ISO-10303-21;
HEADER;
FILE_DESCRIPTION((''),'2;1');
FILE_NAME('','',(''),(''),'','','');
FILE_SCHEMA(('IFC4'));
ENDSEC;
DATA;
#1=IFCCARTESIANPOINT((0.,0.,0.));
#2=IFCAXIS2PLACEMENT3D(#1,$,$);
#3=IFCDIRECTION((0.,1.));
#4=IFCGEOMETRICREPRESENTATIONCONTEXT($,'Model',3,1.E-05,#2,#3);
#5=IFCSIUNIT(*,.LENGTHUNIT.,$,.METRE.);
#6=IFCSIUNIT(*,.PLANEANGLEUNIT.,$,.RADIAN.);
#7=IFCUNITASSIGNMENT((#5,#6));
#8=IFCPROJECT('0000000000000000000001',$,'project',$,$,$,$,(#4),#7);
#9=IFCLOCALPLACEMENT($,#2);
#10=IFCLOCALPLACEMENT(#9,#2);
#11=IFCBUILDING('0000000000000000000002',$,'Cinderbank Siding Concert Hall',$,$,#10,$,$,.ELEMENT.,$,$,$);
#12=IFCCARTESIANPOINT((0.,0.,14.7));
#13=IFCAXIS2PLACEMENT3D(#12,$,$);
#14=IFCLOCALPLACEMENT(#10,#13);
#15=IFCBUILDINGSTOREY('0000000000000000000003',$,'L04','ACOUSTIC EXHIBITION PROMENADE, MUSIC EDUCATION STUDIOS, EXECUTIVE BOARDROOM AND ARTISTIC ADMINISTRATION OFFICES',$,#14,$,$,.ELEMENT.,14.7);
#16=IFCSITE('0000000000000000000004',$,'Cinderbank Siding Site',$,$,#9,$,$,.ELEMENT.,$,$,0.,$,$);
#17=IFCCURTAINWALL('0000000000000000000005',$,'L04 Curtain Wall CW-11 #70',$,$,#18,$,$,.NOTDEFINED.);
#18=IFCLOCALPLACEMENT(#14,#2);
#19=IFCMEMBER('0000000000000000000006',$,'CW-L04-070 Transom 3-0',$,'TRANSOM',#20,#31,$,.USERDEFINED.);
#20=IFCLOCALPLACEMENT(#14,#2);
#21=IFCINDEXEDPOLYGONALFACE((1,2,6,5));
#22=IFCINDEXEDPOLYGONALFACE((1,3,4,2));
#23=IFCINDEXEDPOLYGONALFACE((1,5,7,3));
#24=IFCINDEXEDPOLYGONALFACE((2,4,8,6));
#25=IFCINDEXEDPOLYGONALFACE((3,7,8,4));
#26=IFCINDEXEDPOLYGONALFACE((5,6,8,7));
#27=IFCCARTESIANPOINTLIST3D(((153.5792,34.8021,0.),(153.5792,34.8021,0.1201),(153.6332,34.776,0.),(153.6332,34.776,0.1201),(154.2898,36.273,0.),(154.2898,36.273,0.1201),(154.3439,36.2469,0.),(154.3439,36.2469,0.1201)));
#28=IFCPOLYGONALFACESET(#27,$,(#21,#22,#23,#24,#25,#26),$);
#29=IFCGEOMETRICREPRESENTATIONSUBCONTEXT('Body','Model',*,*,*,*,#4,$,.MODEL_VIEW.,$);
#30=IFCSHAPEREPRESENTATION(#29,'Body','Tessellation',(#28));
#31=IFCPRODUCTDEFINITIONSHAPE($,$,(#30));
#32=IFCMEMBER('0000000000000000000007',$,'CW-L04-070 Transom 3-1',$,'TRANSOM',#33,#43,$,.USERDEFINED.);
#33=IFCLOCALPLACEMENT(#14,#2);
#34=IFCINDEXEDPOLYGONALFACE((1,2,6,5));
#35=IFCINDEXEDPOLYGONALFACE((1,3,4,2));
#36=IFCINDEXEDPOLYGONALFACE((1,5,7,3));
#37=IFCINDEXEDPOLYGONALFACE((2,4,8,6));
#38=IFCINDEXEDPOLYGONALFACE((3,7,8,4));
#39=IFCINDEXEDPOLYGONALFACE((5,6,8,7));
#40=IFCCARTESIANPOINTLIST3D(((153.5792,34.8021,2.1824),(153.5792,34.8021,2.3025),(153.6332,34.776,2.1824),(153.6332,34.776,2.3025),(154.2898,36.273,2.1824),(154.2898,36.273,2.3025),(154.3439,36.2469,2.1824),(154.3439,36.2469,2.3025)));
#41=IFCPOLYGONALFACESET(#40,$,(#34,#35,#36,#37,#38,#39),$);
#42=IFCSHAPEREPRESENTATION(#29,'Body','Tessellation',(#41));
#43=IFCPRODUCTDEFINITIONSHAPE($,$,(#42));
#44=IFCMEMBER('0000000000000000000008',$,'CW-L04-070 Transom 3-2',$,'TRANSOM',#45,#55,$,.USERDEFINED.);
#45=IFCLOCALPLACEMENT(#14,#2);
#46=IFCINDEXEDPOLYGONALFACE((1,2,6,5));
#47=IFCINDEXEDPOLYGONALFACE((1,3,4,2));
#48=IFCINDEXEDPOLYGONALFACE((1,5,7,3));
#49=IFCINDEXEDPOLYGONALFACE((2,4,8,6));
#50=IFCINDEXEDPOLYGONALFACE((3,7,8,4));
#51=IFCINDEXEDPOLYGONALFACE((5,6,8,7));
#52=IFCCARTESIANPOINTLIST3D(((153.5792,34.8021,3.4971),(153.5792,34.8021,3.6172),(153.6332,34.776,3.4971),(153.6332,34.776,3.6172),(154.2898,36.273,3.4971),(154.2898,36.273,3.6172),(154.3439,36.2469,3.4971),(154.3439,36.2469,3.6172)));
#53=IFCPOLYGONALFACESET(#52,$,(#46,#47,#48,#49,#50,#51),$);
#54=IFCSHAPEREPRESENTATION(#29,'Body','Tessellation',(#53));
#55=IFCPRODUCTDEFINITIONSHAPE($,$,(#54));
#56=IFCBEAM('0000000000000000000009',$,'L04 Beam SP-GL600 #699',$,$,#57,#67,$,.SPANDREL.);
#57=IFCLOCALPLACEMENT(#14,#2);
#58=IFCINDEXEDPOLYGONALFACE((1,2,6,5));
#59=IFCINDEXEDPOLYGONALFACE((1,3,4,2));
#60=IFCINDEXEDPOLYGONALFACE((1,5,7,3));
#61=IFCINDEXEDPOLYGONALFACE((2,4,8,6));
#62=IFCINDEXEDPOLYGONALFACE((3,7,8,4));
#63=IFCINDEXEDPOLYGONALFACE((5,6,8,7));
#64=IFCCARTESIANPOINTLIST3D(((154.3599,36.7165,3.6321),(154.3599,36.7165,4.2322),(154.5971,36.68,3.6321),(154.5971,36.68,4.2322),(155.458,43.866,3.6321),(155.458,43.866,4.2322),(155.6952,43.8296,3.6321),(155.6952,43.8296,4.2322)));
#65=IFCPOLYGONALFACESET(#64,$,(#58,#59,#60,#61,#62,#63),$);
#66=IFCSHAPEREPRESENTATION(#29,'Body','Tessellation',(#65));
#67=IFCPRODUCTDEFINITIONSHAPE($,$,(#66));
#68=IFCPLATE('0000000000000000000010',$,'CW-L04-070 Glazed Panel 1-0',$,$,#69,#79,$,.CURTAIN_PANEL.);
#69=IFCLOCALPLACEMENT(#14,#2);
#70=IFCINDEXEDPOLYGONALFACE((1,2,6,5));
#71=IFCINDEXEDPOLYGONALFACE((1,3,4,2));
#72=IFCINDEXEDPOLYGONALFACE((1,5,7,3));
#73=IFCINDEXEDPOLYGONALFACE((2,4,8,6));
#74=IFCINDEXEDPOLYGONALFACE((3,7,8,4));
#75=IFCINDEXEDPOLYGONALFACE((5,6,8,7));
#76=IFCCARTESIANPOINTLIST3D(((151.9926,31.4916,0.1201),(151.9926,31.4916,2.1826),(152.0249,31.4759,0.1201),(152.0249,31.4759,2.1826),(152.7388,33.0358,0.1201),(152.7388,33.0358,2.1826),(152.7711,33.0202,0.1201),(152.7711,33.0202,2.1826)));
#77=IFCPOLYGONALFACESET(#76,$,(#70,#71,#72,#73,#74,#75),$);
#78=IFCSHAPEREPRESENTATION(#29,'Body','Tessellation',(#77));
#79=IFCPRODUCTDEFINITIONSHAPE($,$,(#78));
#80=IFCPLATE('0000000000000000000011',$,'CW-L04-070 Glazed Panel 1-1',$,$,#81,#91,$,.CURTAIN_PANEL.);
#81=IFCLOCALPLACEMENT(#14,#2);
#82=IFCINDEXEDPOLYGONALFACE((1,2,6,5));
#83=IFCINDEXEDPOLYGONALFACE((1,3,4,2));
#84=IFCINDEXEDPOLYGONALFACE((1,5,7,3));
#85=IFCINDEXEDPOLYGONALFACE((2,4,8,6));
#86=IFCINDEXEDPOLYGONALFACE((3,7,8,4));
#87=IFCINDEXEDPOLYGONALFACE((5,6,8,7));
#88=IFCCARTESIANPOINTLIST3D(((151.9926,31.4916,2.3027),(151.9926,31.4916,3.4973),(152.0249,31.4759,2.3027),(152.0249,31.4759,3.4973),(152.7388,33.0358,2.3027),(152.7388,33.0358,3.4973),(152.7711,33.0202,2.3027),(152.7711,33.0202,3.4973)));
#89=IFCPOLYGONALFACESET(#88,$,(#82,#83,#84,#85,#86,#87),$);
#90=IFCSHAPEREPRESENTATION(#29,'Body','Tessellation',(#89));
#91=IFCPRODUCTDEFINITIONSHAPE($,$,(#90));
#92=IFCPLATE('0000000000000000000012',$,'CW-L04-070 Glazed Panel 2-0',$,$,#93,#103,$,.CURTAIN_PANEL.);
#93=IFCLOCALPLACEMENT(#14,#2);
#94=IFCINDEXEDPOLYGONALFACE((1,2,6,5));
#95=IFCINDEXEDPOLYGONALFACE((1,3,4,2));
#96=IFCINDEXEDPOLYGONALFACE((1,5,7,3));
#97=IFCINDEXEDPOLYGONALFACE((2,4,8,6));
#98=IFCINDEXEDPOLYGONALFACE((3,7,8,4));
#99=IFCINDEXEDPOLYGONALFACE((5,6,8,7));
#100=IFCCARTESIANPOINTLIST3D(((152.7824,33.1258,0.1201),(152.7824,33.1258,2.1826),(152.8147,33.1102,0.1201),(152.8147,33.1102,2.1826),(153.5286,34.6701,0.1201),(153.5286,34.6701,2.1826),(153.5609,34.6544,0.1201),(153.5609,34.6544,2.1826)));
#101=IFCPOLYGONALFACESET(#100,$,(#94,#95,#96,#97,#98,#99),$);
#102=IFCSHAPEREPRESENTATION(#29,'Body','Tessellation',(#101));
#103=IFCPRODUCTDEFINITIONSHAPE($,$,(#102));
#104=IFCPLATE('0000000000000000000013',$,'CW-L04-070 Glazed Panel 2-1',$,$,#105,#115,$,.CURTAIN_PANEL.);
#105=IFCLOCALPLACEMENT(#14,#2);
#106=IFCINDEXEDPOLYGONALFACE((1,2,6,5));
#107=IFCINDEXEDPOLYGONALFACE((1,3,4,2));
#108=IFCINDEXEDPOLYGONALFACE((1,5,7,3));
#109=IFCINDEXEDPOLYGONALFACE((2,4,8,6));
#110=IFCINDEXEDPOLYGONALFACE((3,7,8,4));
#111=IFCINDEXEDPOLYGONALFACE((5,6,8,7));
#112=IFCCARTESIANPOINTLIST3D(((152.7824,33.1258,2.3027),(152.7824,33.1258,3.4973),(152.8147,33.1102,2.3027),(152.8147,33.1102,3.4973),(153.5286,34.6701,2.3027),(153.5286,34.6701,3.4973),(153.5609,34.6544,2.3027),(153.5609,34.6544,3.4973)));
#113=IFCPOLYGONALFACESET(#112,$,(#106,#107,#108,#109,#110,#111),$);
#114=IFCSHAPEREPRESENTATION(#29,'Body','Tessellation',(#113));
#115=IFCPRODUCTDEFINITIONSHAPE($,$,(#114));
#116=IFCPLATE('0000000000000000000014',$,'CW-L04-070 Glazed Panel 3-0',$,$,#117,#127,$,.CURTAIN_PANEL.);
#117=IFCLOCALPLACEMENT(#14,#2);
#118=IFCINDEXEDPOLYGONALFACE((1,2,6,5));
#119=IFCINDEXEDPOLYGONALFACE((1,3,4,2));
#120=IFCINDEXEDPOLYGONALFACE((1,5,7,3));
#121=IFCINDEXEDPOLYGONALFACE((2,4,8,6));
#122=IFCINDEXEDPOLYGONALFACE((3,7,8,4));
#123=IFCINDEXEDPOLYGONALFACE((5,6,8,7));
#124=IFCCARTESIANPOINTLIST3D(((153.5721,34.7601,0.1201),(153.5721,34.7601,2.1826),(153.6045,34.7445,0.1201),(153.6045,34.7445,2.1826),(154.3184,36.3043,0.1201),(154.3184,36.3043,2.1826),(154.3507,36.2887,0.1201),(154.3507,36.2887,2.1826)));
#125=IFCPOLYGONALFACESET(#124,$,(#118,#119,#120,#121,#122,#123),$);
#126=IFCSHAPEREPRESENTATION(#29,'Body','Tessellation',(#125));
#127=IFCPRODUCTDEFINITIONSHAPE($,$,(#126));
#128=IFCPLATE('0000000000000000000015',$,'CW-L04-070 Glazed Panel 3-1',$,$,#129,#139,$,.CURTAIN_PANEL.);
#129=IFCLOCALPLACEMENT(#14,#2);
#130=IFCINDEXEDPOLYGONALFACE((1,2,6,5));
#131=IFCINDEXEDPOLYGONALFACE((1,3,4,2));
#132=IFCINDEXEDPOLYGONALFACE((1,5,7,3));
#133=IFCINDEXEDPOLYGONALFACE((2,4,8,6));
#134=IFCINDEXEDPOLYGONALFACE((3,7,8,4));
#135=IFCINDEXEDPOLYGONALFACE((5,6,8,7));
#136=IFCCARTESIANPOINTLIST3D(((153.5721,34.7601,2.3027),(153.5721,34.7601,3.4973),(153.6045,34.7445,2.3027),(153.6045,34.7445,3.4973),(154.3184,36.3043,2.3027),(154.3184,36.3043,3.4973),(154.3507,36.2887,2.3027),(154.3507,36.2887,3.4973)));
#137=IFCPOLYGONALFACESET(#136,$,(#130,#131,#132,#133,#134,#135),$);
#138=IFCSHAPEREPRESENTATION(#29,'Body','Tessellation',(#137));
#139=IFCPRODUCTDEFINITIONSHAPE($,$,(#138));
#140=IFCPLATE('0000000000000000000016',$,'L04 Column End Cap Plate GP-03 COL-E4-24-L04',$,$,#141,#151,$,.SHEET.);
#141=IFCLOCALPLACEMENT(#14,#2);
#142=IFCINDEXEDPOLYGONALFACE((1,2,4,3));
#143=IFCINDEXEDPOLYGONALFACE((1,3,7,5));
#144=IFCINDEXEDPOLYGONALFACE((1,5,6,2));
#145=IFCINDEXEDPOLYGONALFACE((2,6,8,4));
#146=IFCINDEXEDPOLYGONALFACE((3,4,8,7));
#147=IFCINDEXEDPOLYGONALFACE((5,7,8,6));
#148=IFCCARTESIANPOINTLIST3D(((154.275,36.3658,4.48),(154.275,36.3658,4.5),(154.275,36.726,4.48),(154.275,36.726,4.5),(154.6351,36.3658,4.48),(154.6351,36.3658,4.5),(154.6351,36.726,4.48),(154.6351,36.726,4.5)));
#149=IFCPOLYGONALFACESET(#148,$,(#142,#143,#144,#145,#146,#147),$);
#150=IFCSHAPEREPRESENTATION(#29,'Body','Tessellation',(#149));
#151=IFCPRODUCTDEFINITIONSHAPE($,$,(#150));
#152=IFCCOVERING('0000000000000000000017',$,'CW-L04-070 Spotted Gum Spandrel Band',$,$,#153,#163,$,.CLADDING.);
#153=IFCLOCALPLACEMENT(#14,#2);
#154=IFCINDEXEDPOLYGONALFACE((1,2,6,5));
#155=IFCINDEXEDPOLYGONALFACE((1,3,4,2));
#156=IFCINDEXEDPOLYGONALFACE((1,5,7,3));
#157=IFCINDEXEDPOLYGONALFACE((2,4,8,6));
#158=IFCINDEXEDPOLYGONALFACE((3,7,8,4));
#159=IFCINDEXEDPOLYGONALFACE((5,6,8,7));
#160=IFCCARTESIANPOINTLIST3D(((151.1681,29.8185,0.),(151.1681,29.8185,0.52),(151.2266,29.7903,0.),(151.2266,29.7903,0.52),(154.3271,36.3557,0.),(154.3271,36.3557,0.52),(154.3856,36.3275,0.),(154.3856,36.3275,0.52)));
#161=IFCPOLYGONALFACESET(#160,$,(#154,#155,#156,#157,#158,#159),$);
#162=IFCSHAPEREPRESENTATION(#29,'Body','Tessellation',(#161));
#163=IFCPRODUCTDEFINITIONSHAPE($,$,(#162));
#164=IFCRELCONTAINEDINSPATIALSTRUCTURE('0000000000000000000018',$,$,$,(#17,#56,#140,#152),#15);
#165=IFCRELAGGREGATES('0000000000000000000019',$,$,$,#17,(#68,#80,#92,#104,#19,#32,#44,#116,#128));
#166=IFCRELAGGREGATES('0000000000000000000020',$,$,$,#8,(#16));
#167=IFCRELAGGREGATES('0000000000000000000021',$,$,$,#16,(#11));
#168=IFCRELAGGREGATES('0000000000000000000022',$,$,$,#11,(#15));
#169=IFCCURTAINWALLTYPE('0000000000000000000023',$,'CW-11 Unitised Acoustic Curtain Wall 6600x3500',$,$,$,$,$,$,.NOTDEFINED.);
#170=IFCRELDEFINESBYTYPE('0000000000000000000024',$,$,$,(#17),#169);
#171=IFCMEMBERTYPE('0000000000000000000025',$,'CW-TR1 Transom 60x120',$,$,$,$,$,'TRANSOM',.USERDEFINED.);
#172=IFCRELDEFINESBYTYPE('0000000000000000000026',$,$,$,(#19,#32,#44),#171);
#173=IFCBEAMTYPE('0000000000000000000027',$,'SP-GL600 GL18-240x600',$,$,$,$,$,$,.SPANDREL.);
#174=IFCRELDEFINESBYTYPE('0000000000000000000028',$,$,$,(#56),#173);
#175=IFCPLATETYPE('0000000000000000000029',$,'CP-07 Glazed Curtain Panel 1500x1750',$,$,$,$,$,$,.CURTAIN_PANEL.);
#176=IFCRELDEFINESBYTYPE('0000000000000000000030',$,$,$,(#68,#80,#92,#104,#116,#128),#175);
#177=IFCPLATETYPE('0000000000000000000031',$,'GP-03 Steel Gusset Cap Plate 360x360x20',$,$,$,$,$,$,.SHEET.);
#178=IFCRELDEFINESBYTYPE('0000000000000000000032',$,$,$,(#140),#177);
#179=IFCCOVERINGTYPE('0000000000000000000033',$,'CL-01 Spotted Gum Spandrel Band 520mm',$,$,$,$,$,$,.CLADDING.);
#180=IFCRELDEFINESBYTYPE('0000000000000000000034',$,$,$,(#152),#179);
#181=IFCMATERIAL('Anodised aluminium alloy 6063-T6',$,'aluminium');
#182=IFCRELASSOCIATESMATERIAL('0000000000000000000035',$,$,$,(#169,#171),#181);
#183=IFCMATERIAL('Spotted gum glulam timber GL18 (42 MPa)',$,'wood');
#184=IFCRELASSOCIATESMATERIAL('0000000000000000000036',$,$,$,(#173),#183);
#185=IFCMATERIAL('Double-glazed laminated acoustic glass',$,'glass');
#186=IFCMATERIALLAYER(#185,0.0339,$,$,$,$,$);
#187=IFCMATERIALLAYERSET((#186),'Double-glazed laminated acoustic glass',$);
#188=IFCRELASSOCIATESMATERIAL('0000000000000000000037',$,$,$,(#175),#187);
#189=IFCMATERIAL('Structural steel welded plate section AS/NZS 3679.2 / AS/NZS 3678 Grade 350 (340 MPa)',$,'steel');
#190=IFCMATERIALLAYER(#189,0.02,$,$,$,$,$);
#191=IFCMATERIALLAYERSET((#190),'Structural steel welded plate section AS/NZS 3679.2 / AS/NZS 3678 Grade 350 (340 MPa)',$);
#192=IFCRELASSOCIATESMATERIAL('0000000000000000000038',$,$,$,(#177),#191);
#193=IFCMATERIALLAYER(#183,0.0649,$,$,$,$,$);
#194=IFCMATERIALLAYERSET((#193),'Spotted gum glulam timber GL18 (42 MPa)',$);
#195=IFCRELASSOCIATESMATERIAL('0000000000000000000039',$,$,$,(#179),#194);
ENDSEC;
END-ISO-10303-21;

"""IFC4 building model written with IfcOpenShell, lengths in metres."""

from ifc_helpers import new_model, si_unit, direction, frame, origin, origin_2d, place, context, subcontext, project, spatial, rectangle, extrude, material, layer, layer_set, material_profile, profile_set, type_object, element, aggregate, save


model = new_model("IFC4")

# Units and contexts
model_context = context("Model", 3, precision=1e-05, world=origin(), true_north=direction((0.0, 1.0)))
body_context = subcontext(model_context, "Body", "Model", "MODEL_VIEW")
ifc_project = project(units=[si_unit("LENGTHUNIT", "METRE"), si_unit("PLANEANGLEUNIT", "RADIAN")], contexts=[model_context])

# Site, building, storey
site_placement = place(None, origin())
site = spatial("IfcSite", under=ifc_project, at=site_placement, Name="Cinderbank Siding Site", CompositionType="ELEMENT", RefElevation=0.0)
building_placement = place(site_placement, origin())
building = spatial("IfcBuilding", under=site, at=building_placement, Name="Cinderbank Siding Concert Hall", CompositionType="ELEMENT")
storey_placement = place(building_placement, frame((0.0, 0.0, 14.7)))
storey = spatial("IfcBuildingStorey", under=building, at=storey_placement, Name="L04", Description="ACOUSTIC EXHIBITION PROMENADE, MUSIC EDUCATION STUDIOS, EXECUTIVE BOARDROOM AND ARTISTIC ADMINISTRATION OFFICES", CompositionType="ELEMENT", Elevation=14.7)

# Curtain wall
ifc_material_1 = material(Name="Anodised aluminium alloy 6063-T6", Category="aluminium")
curtain_wall_type_1 = type_object("IfcCurtainWallType", Name="CW-11 Unitised Acoustic Curtain Wall 6600x3500", PredefinedType="NOTDEFINED", material=ifc_material_1)
curtain_wall_1_placement = place(storey_placement, origin())
curtain_wall_1 = element("IfcCurtainWall", 1, at=curtain_wall_1_placement, inside=storey, type_object=curtain_wall_type_1, Name="L04 Curtain Wall CW-11 #70", PredefinedType="NOTDEFINED")

# Members
ifc_material_profile_1 = material_profile(ifc_material_1, rectangle(XDim=0.0601, YDim=0.1201, at=origin_2d()), Name="ALU-TRAN-60x120", Category="LoadBearing")
ifc_profile_set_1 = profile_set([ifc_material_profile_1], Name="Anodised aluminium alloy 6063-T6")
member_type_1 = type_object("IfcMemberType", Name="CW-TR1 Transom 60x120", ElementType="TRANSOM", PredefinedType="USERDEFINED", material=ifc_profile_set_1)
member_1_placement = place(storey_placement, frame((153.6062, 34.7891, 0.0601), z_axis=(0.435037, 0.900412, 0.0), x_axis=(-0.900412, 0.435037, 0.0)))
member_1 = element("IfcMember", 2, at=member_1_placement, type_object=member_type_1, Name="CW-L04-070 Transom 3-0", ObjectType="TRANSOM", PredefinedType="USERDEFINED", context=body_context, shape_type="SweptSolid", body=[
    extrude(rectangle(XDim=0.0601, YDim=0.1201, at=origin_2d()), origin(), (0.0, 0.0, 1.0), 1.6335),
])
member_2_placement = place(storey_placement, frame((153.6062, 34.7891, 2.2424), z_axis=(0.435037, 0.900412, 0.0), x_axis=(-0.900412, 0.435037, 0.0)))
member_2 = element("IfcMember", 3, at=member_2_placement, type_object=member_type_1, Name="CW-L04-070 Transom 3-1", ObjectType="TRANSOM", PredefinedType="USERDEFINED", context=body_context, shape_type="SweptSolid", body=[
    extrude(rectangle(XDim=0.0601, YDim=0.1201, at=origin_2d()), origin(), (0.0, 0.0, 1.0), 1.6335),
])
member_3_placement = place(storey_placement, frame((153.6062, 34.7891, 3.5571), z_axis=(0.435037, 0.900412, 0.0), x_axis=(-0.900412, 0.435037, 0.0)))
member_3 = element("IfcMember", 4, at=member_3_placement, type_object=member_type_1, Name="CW-L04-070 Transom 3-2", ObjectType="TRANSOM", PredefinedType="USERDEFINED", context=body_context, shape_type="SweptSolid", body=[
    extrude(rectangle(XDim=0.0601, YDim=0.1201, at=origin_2d()), origin(), (0.0, 0.0, 1.0), 1.6335),
])

# Beam
ifc_material_2 = material(Name="Spotted gum glulam timber GL18 (42 MPa)", Category="wood")
ifc_material_profile_2 = material_profile(ifc_material_2, rectangle(XDim=0.24, YDim=0.6001, at=origin_2d()), Name="GL18-240x600", Category="LoadBearing")
ifc_profile_set_2 = profile_set([ifc_material_profile_2], Name="Spotted gum glulam timber GL18 (42 MPa)")
beam_type = type_object("IfcBeamType", Name="SP-GL600 GL18-240x600", PredefinedType="SPANDREL", material=ifc_profile_set_2)
beam_placement = place(storey_placement, frame((154.4785, 36.6982, 3.9321), z_axis=(0.151814, 0.988409, 0.0), x_axis=(-0.988409, 0.151814, 0.0)))
element("IfcBeam", 5, at=beam_placement, inside=storey, type_object=beam_type, Name="L04 Beam SP-GL600 #699", PredefinedType="SPANDREL", context=body_context, shape_type="SweptSolid", body=[
    extrude(rectangle(XDim=0.24, YDim=0.6001, at=origin_2d()), origin(), (0.0, 0.0, 1.0), 7.2334),
])

# Plates
ifc_material_3 = material(Name="Double-glazed laminated acoustic glass", Category="glass")
ifc_layer_1 = layer(ifc_material_3, 0.0339)
ifc_layer_set_1 = layer_set([ifc_layer_1], Name="Double-glazed laminated acoustic glass")
plate_type_1 = type_object("IfcPlateType", Name="CP-07 Glazed Curtain Panel 1500x1750", PredefinedType="CURTAIN_PANEL", material=ifc_layer_set_1)
plate_1_placement = place(storey_placement, frame((152.3818, 32.2559, 0.1201), z_axis=(0.0, 0.0, 1.0), x_axis=(0.435102, 0.900381, 0.0)))
plate_1 = element("IfcPlate", 6, at=plate_1_placement, type_object=plate_type_1, Name="CW-L04-070 Glazed Panel 1-0", PredefinedType="CURTAIN_PANEL", context=body_context, shape_type="SweptSolid", body=[
    extrude(rectangle(XDim=1.7151, YDim=0.0359, at=origin_2d()), origin(), (0.0, 0.0, 1.0), 2.0625),
])
plate_2_placement = place(storey_placement, frame((152.3818, 32.2559, 2.3027), z_axis=(0.0, 0.0, 1.0), x_axis=(0.435102, 0.900381, 0.0)))
plate_2 = element("IfcPlate", 7, at=plate_2_placement, type_object=plate_type_1, Name="CW-L04-070 Glazed Panel 1-1", PredefinedType="CURTAIN_PANEL", context=body_context, shape_type="SweptSolid", body=[
    extrude(rectangle(XDim=1.7151, YDim=0.0359, at=origin_2d()), origin(), (0.0, 0.0, 1.0), 1.1946),
])
plate_3_placement = place(storey_placement, frame((153.1716, 33.8901, 0.1201), z_axis=(0.0, 0.0, 1.0), x_axis=(0.435102, 0.900381, 0.0)))
plate_3 = element("IfcPlate", 8, at=plate_3_placement, type_object=plate_type_1, Name="CW-L04-070 Glazed Panel 2-0", PredefinedType="CURTAIN_PANEL", context=body_context, shape_type="SweptSolid", body=[
    extrude(rectangle(XDim=1.7151, YDim=0.0359, at=origin_2d()), origin(), (0.0, 0.0, 1.0), 2.0625),
])
plate_4_placement = place(storey_placement, frame((153.1716, 33.8901, 2.3027), z_axis=(0.0, 0.0, 1.0), x_axis=(0.435102, 0.900381, 0.0)))
plate_4 = element("IfcPlate", 9, at=plate_4_placement, type_object=plate_type_1, Name="CW-L04-070 Glazed Panel 2-1", PredefinedType="CURTAIN_PANEL", context=body_context, shape_type="SweptSolid", body=[
    extrude(rectangle(XDim=1.7151, YDim=0.0359, at=origin_2d()), origin(), (0.0, 0.0, 1.0), 1.1946),
])
plate_5_placement = place(storey_placement, frame((153.9614, 35.5244, 0.1201), z_axis=(0.0, 0.0, 1.0), x_axis=(0.435102, 0.900381, 0.0)))
plate_5 = element("IfcPlate", 10, at=plate_5_placement, type_object=plate_type_1, Name="CW-L04-070 Glazed Panel 3-0", PredefinedType="CURTAIN_PANEL", context=body_context, shape_type="SweptSolid", body=[
    extrude(rectangle(XDim=1.7151, YDim=0.0359, at=origin_2d()), origin(), (0.0, 0.0, 1.0), 2.0625),
])
plate_6_placement = place(storey_placement, frame((153.9614, 35.5244, 2.3027), z_axis=(0.0, 0.0, 1.0), x_axis=(0.435102, 0.900381, 0.0)))
plate_6 = element("IfcPlate", 11, at=plate_6_placement, type_object=plate_type_1, Name="CW-L04-070 Glazed Panel 3-1", PredefinedType="CURTAIN_PANEL", context=body_context, shape_type="SweptSolid", body=[
    extrude(rectangle(XDim=1.7151, YDim=0.0359, at=origin_2d()), origin(), (0.0, 0.0, 1.0), 1.1946),
])
aggregate(curtain_wall_1, [plate_1, plate_2, plate_3, plate_4, member_1, member_2, member_3, plate_5, plate_6])
ifc_material_4 = material(Name="Structural steel welded plate section AS/NZS 3679.2 / AS/NZS 3678 Grade 350 (340 MPa)", Category="steel")
ifc_layer_2 = layer(ifc_material_4, 0.02)
ifc_layer_set_2 = layer_set([ifc_layer_2], Name="Structural steel welded plate section AS/NZS 3679.2 / AS/NZS 3678 Grade 350 (340 MPa)")
plate_type_2 = type_object("IfcPlateType", Name="GP-03 Steel Gusset Cap Plate 360x360x20", PredefinedType="SHEET", material=ifc_layer_set_2)
plate_7_placement = place(storey_placement, frame((154.4551, 36.5459, 4.48), z_axis=(0.0, 0.0, 1.0), x_axis=(1.0, 0.0, 0.0)))
element("IfcPlate", 12, at=plate_7_placement, inside=storey, type_object=plate_type_2, Name="L04 Column End Cap Plate GP-03 COL-E4-24-L04", PredefinedType="SHEET", context=body_context, shape_type="SweptSolid", body=[
    extrude(rectangle(XDim=0.3601, YDim=0.3601, at=origin_2d()), origin(), (0.0, 0.0, 1.0), 0.02),
])

# Covering
ifc_layer_3 = layer(ifc_material_2, 0.0649)
ifc_layer_set_3 = layer_set([ifc_layer_3], Name="Spotted gum glulam timber GL18 (42 MPa)")
covering_type = type_object("IfcCoveringType", Name="CL-01 Spotted Gum Spandrel Band 520mm", PredefinedType="CLADDING", material=ifc_layer_set_3)
covering_placement = place(storey_placement, frame((152.7769, 33.073, 0.0), z_axis=(0.0, 0.0, 1.0), x_axis=(0.435102, 0.900381, 0.0)))
element("IfcCovering", 13, at=covering_placement, inside=storey, type_object=covering_type, Name="CW-L04-070 Spotted Gum Spandrel Band", PredefinedType="CLADDING", context=body_context, shape_type="SweptSolid", body=[
    extrude(rectangle(XDim=7.2605, YDim=0.0649, at=origin_2d()), origin(), (0.0, 0.0, 1.0), 0.52),
])

save(model, "model.ifc")
